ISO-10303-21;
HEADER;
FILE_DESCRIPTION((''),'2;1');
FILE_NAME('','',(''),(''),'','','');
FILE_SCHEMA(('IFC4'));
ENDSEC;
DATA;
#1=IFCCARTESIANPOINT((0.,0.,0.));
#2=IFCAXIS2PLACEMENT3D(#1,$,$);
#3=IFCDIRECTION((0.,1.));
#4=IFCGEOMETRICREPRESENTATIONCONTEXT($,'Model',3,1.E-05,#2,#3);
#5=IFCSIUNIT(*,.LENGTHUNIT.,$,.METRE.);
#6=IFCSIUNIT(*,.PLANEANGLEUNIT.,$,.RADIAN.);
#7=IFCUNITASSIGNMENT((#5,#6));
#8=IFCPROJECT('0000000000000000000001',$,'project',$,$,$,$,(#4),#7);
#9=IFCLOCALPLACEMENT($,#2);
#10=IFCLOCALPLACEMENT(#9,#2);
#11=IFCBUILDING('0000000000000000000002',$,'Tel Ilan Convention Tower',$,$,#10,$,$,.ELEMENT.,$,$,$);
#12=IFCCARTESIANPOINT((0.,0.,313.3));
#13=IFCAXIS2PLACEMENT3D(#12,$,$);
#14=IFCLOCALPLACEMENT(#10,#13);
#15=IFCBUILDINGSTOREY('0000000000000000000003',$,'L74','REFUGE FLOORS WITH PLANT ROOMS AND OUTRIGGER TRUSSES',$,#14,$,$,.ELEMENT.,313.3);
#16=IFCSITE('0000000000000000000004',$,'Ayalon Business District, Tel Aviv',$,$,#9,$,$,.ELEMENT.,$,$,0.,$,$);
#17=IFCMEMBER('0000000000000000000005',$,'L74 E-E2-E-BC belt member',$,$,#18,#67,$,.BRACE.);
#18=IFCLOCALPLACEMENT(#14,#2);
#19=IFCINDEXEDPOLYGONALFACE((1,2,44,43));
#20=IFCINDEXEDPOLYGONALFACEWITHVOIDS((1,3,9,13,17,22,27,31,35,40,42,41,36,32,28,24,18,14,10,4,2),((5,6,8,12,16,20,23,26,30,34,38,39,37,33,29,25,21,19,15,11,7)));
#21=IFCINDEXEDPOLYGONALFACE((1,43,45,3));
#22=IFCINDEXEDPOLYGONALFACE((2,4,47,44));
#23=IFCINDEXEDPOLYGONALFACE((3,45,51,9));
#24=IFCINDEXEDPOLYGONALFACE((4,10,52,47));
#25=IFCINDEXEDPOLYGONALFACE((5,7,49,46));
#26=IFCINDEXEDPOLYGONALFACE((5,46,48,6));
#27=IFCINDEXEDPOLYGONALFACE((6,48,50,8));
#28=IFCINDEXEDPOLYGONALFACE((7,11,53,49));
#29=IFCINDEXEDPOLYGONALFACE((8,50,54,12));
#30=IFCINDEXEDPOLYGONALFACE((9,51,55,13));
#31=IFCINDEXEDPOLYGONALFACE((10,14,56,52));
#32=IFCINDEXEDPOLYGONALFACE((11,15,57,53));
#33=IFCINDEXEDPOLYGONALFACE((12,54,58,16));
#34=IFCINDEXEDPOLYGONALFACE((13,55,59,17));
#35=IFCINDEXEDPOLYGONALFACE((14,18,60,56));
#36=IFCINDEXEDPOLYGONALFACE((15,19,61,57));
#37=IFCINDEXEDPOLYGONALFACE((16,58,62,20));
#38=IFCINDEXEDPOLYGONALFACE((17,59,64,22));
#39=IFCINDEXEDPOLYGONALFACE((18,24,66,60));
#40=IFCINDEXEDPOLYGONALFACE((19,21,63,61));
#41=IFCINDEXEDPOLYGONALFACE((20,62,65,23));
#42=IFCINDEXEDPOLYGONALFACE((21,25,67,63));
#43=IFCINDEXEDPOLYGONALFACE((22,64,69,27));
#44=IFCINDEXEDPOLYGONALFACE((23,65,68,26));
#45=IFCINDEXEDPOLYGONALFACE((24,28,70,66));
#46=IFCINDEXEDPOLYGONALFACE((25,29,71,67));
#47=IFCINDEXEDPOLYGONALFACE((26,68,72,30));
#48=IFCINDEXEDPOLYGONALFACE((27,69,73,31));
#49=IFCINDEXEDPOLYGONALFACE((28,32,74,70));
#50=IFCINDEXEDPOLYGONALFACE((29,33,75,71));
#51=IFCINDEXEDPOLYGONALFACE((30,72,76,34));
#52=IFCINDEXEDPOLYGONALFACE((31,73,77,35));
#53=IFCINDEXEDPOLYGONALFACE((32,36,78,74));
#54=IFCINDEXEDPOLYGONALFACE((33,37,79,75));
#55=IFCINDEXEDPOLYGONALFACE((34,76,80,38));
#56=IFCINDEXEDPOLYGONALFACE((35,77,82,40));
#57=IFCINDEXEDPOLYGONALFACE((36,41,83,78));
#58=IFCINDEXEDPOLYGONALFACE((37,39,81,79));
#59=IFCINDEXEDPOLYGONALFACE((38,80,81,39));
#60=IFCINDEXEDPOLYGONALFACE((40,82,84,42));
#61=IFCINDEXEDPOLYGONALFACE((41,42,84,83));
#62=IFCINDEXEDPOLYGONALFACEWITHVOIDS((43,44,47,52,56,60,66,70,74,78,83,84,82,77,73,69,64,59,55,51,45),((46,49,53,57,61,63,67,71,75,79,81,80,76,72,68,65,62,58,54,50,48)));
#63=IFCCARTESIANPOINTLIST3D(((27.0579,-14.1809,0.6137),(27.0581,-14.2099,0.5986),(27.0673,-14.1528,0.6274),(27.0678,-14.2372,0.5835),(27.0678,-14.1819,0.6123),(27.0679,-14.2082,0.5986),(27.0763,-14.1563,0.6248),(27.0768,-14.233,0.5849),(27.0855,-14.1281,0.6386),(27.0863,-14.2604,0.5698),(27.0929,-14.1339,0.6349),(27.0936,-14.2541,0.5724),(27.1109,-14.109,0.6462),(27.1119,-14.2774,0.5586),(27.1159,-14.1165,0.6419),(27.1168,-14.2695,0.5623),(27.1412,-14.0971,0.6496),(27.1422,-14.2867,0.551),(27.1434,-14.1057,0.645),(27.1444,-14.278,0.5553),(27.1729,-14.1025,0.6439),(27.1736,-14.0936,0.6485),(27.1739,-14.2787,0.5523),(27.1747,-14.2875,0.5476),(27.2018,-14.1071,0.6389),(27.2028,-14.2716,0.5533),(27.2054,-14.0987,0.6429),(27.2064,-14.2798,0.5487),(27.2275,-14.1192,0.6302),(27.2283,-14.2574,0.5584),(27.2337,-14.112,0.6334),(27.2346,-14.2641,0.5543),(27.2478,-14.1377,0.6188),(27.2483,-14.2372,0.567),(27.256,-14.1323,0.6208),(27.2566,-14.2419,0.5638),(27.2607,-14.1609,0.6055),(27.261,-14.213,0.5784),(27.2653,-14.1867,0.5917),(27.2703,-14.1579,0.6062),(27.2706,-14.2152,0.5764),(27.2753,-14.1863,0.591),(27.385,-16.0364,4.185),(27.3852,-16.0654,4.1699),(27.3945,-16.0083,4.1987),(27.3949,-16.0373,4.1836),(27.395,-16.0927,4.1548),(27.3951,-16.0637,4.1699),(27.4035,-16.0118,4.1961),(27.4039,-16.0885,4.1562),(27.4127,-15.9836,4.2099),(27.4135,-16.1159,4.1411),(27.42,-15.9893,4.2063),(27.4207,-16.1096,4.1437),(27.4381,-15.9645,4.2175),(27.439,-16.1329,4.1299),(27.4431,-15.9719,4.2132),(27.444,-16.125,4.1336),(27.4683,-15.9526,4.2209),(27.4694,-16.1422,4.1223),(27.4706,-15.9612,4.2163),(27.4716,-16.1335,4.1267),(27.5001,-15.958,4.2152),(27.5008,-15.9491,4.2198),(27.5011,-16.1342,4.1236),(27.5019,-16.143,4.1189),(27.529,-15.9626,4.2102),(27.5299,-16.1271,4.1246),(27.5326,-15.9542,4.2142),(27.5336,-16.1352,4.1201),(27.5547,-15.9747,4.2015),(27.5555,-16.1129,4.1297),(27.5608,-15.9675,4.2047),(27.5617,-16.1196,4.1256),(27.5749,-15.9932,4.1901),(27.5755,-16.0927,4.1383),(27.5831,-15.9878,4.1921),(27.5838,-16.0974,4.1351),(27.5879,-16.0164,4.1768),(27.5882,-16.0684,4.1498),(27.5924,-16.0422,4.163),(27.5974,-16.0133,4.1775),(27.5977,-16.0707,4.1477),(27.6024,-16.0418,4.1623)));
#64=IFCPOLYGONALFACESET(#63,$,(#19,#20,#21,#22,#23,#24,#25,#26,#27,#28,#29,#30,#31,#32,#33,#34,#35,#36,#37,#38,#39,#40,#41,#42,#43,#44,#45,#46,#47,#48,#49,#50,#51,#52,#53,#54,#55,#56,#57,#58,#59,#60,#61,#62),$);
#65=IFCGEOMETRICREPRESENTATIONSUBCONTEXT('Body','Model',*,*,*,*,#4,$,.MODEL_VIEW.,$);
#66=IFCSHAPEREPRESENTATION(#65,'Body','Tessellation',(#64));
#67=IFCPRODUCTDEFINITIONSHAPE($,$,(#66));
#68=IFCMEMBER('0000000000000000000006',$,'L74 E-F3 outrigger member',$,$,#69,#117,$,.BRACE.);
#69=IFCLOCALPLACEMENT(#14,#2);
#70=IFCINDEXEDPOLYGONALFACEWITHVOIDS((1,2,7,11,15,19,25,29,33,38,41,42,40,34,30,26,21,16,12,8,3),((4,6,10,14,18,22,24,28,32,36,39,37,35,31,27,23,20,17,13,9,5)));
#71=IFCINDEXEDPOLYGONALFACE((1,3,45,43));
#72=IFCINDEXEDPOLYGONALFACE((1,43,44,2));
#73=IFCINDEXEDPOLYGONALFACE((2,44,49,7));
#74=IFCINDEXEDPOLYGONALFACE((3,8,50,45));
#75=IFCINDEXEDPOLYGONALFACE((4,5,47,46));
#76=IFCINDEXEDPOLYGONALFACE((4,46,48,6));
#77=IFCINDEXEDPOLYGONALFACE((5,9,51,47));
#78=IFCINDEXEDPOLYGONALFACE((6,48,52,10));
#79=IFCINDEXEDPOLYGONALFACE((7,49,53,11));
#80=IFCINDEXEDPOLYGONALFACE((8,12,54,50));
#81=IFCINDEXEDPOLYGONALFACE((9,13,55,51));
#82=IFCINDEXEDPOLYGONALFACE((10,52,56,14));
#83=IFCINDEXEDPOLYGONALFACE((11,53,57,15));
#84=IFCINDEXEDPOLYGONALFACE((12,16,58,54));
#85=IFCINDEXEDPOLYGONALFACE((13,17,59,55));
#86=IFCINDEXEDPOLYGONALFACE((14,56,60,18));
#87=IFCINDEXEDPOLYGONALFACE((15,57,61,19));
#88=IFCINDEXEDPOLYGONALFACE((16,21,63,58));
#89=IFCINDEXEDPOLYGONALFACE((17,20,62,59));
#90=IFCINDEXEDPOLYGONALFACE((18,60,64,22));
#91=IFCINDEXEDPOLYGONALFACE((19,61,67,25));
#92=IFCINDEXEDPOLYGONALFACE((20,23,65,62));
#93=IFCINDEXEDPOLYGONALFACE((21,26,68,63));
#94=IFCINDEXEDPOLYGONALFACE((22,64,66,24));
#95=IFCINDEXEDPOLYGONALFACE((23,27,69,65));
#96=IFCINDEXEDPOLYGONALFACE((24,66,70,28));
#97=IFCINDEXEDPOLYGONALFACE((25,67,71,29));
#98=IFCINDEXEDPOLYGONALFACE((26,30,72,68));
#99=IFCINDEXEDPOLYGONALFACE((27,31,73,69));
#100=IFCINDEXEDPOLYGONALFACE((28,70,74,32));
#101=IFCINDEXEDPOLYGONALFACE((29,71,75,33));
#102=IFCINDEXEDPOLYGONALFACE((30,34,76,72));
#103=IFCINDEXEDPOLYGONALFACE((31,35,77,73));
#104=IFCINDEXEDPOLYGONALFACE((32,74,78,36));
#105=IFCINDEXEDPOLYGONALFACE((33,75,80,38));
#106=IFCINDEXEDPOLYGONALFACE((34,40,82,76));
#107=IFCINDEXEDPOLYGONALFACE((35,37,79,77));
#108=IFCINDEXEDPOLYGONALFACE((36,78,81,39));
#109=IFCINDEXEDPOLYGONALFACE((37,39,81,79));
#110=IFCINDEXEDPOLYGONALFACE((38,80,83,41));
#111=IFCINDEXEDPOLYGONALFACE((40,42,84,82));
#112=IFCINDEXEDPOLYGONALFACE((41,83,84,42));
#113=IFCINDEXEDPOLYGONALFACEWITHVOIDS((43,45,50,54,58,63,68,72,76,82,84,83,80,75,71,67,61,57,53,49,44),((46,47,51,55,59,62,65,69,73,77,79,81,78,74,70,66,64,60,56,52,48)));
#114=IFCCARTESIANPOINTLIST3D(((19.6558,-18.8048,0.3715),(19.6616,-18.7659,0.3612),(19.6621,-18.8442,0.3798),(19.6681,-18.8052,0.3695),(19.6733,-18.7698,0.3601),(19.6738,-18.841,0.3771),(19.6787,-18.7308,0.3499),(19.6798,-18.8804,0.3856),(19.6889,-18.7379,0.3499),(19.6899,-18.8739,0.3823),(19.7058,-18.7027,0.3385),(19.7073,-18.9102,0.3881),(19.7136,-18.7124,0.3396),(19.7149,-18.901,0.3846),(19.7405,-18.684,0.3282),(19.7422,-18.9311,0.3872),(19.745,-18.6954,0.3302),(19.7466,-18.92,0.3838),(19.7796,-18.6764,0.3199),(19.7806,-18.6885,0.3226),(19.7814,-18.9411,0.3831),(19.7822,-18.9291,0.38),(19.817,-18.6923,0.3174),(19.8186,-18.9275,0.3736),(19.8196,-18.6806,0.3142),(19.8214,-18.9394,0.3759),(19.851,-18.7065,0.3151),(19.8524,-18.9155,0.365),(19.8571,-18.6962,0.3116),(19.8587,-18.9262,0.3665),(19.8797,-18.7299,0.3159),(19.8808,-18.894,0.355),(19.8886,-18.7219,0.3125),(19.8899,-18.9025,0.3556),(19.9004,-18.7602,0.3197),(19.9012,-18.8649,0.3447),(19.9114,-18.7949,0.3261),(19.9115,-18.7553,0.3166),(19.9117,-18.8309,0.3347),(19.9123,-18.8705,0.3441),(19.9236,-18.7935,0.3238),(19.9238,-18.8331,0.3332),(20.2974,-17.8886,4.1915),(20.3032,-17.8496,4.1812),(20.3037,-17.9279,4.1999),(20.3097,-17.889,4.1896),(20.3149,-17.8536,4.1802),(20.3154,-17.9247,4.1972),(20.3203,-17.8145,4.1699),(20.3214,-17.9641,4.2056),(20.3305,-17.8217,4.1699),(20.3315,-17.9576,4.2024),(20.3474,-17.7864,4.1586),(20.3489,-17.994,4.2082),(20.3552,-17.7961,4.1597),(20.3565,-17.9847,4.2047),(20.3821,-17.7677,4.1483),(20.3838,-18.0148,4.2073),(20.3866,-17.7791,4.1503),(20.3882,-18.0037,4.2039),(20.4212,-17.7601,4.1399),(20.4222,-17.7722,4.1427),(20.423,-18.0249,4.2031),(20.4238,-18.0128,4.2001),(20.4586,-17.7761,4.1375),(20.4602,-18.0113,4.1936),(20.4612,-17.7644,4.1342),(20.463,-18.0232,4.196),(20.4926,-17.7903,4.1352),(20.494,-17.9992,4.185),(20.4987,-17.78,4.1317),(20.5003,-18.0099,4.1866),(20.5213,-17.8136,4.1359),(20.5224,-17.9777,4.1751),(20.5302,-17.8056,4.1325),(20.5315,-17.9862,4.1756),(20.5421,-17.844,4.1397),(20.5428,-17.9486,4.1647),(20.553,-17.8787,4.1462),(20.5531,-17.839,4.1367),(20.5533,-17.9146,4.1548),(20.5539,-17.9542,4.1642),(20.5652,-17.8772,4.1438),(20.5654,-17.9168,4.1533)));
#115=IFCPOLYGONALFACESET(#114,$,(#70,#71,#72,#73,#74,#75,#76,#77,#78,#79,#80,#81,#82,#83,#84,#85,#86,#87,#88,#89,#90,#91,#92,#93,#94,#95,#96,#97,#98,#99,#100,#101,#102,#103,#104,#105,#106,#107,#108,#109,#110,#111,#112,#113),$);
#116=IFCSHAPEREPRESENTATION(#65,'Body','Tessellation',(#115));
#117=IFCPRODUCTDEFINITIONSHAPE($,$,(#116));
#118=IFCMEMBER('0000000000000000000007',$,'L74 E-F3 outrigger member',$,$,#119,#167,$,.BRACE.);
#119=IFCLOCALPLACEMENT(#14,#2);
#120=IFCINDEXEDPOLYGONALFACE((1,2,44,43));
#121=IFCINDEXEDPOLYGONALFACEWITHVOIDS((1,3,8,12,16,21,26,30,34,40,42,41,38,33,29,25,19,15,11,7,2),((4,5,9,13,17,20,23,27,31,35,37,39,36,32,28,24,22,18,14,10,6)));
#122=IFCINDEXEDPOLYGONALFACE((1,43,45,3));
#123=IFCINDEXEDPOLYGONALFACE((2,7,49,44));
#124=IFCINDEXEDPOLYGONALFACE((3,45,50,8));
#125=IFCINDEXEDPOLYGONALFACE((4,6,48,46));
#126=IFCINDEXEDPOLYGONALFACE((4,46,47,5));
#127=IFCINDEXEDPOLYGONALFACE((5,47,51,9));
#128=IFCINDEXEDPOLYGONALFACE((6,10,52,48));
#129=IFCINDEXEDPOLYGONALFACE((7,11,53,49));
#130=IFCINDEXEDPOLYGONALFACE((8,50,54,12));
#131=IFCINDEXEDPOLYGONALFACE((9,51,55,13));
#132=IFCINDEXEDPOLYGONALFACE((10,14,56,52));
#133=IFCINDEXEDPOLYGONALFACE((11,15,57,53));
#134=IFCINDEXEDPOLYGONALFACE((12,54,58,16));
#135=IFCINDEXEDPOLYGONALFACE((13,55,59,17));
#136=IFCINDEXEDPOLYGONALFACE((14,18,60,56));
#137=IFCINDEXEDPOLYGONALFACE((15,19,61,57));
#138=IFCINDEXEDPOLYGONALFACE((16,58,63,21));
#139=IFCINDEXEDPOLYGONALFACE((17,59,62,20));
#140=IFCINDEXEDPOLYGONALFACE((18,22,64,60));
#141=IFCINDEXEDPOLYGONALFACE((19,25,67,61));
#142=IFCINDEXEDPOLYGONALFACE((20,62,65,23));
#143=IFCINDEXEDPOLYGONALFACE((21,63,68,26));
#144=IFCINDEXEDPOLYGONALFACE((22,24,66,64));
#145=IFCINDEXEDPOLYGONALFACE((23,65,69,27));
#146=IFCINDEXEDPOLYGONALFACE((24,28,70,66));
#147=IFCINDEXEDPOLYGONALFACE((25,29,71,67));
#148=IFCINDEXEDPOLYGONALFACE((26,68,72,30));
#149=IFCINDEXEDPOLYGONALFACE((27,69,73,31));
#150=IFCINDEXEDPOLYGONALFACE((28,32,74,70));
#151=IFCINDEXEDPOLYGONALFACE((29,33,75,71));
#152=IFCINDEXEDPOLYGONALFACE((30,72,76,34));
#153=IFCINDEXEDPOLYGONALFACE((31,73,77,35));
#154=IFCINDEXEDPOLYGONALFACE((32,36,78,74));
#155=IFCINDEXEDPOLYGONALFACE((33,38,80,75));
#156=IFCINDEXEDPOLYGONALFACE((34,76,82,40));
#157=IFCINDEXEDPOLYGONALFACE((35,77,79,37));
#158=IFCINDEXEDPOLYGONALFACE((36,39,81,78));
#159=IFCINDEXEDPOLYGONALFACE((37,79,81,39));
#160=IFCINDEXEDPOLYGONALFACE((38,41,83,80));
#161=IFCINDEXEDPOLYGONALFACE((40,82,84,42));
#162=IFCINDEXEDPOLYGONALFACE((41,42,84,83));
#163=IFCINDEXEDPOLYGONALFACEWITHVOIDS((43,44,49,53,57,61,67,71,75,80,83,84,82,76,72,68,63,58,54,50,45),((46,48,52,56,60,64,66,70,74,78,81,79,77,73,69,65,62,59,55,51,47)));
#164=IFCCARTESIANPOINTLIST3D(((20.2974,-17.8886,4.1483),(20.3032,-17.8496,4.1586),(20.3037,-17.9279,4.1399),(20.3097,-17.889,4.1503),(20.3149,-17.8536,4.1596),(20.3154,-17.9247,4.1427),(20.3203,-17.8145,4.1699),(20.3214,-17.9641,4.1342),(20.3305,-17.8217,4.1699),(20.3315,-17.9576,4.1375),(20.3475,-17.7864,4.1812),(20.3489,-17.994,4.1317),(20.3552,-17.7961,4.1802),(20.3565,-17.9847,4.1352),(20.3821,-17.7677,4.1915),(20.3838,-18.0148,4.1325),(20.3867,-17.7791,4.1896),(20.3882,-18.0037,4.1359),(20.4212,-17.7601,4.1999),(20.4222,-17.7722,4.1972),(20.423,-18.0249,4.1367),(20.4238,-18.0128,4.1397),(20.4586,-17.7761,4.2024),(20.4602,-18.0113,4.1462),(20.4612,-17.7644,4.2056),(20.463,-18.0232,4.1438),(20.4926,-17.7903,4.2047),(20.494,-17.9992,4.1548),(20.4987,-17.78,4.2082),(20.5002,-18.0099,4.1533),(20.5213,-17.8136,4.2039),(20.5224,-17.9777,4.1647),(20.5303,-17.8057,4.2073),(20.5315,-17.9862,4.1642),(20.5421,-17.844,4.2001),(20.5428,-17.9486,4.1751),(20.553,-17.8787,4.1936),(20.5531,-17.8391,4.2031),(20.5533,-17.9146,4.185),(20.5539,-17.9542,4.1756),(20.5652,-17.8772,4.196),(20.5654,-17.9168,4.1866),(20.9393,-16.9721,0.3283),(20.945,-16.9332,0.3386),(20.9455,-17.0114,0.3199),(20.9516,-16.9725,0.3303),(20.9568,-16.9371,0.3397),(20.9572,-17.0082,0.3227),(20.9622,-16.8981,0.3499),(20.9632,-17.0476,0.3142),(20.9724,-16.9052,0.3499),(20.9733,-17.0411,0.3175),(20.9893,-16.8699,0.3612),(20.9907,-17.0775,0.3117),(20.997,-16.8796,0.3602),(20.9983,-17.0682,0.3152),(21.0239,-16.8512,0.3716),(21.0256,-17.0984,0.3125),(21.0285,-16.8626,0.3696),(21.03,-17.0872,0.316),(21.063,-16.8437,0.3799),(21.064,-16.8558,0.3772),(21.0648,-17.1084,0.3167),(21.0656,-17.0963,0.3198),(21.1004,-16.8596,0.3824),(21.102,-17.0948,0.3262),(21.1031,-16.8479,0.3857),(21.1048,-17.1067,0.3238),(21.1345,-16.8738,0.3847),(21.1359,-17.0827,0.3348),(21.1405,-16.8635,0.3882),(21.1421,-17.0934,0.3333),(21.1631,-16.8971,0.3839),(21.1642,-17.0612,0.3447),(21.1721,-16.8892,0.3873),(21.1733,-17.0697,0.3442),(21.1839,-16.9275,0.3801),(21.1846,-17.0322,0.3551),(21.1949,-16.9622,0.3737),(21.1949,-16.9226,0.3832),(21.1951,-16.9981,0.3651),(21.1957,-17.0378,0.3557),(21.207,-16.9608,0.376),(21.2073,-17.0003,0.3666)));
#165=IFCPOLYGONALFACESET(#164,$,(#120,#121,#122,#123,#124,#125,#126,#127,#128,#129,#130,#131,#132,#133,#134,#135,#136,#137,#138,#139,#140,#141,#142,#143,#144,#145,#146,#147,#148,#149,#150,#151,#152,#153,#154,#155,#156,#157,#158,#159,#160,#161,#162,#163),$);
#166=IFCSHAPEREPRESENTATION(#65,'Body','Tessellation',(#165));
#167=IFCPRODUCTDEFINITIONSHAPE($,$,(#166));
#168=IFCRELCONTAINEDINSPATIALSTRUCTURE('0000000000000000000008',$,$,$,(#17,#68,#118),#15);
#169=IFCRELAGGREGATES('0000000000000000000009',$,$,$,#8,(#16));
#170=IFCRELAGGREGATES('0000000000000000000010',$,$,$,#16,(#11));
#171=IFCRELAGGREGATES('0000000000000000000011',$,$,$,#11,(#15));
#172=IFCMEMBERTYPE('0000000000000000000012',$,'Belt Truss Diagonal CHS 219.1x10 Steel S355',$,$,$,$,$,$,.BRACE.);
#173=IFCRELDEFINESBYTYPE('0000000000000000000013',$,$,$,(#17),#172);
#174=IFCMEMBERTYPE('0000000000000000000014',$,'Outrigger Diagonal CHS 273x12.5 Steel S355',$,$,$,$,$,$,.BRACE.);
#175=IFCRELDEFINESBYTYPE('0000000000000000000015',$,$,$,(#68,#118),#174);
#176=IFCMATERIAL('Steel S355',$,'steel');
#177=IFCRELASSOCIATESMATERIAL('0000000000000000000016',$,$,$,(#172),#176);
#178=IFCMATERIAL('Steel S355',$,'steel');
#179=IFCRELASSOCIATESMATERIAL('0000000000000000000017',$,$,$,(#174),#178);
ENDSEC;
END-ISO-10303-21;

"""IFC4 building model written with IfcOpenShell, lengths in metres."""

from ifc_helpers import new_model, si_unit, direction, frame, origin, origin_2d, place, context, subcontext, project, spatial, hollow_circle, extrude, material, material_profile, profile_set, type_object, element, save


model = new_model("IFC4")

# Units and contexts
model_context = context("Model", 3, precision=1e-05, world=origin(), true_north=direction((0.0, 1.0)))
body_context = subcontext(model_context, "Body", "Model", "MODEL_VIEW")
ifc_project = project(units=[si_unit("LENGTHUNIT", "METRE"), si_unit("PLANEANGLEUNIT", "RADIAN")], contexts=[model_context])

# Site, building, storey
site_placement = place(None, origin())
site = spatial("IfcSite", under=ifc_project, at=site_placement, Name="Ayalon Business District, Tel Aviv", CompositionType="ELEMENT", RefElevation=0.0)
building_placement = place(site_placement, origin())
building = spatial("IfcBuilding", under=site, at=building_placement, Name="Tel Ilan Convention Tower", CompositionType="ELEMENT")
storey_placement = place(building_placement, frame((0.0, 0.0, 313.3)))
storey = spatial("IfcBuildingStorey", under=building, at=storey_placement, Name="L74", Description="REFUGE FLOORS WITH PLANT ROOMS AND OUTRIGGER TRUSSES", CompositionType="ELEMENT", Elevation=313.3)

# Members
ifc_material_1 = material(Name="Steel S355", Category="steel")
ifc_material_profile_1 = material_profile(ifc_material_1, hollow_circle(Radius=0.1096, WallThickness=0.01, at=origin_2d()), Name="CHS 219.1x10")
ifc_profile_set_1 = profile_set([ifc_material_profile_1], Name="Steel S355")
member_type_1 = type_object("IfcMemberType", Name="Belt Truss Diagonal CHS 219.1x10 Steel S355", PredefinedType="BRACE", material=ifc_profile_set_1)
for number, where, z_axis, x_axis, name in (
    (1, (27.4932, -16.0464, 4.1699), (-0.081021, 0.459524, -0.884462), (-0.98481, -0.173637, 0.0), "L74 E-E2-E-BC belt member"),
):
    element("IfcMember", number, at=place(storey_placement, frame(where, z_axis=z_axis, x_axis=x_axis)), inside=storey, type_object=member_type_1, Name=name, PredefinedType="BRACE", context=body_context, shape_type="SweptSolid", body=[
        extrude(hollow_circle(Radius=0.1096, WallThickness=0.01, at=origin_2d()), origin(), (0.0, 0.0, 1.0), 4.0378),
    ])
ifc_material_2 = material(Name="Steel S355", Category="steel")
ifc_material_profile_2 = material_profile(ifc_material_2, hollow_circle(Radius=0.1365, WallThickness=0.0125, at=origin_2d()), Name="CHS 273x12.5")
ifc_profile_set_2 = profile_set([ifc_material_profile_2], Name="Steel S355")
member_type_2 = type_object("IfcMemberType", Name="Outrigger Diagonal CHS 273x12.5 Steel S355", PredefinedType="BRACE", material=ifc_profile_set_2)
for number, where, z_axis, x_axis, name in (
    (2, (19.7905, -18.8091, 0.3499), (0.161188, 0.230189, 0.959704), (-0.81914, 0.573594, 0.0), "L74 E-F3 outrigger member"),
    (3, (20.4321, -17.8928, 4.1699), (0.161245, 0.230245, -0.959681), (-0.819109, 0.573638, 0.0), "L74 E-F3 outrigger member"),
):
    element("IfcMember", number, at=place(storey_placement, frame(where, z_axis=z_axis, x_axis=x_axis)), inside=storey, type_object=member_type_2, Name=name, PredefinedType="BRACE", context=body_context, shape_type="SweptSolid", body=[
        extrude(hollow_circle(Radius=0.1365, WallThickness=0.0125, at=origin_2d()), origin(), (0.0, 0.0, 1.0), 3.9805),
    ])

save(model, "model.ifc")
